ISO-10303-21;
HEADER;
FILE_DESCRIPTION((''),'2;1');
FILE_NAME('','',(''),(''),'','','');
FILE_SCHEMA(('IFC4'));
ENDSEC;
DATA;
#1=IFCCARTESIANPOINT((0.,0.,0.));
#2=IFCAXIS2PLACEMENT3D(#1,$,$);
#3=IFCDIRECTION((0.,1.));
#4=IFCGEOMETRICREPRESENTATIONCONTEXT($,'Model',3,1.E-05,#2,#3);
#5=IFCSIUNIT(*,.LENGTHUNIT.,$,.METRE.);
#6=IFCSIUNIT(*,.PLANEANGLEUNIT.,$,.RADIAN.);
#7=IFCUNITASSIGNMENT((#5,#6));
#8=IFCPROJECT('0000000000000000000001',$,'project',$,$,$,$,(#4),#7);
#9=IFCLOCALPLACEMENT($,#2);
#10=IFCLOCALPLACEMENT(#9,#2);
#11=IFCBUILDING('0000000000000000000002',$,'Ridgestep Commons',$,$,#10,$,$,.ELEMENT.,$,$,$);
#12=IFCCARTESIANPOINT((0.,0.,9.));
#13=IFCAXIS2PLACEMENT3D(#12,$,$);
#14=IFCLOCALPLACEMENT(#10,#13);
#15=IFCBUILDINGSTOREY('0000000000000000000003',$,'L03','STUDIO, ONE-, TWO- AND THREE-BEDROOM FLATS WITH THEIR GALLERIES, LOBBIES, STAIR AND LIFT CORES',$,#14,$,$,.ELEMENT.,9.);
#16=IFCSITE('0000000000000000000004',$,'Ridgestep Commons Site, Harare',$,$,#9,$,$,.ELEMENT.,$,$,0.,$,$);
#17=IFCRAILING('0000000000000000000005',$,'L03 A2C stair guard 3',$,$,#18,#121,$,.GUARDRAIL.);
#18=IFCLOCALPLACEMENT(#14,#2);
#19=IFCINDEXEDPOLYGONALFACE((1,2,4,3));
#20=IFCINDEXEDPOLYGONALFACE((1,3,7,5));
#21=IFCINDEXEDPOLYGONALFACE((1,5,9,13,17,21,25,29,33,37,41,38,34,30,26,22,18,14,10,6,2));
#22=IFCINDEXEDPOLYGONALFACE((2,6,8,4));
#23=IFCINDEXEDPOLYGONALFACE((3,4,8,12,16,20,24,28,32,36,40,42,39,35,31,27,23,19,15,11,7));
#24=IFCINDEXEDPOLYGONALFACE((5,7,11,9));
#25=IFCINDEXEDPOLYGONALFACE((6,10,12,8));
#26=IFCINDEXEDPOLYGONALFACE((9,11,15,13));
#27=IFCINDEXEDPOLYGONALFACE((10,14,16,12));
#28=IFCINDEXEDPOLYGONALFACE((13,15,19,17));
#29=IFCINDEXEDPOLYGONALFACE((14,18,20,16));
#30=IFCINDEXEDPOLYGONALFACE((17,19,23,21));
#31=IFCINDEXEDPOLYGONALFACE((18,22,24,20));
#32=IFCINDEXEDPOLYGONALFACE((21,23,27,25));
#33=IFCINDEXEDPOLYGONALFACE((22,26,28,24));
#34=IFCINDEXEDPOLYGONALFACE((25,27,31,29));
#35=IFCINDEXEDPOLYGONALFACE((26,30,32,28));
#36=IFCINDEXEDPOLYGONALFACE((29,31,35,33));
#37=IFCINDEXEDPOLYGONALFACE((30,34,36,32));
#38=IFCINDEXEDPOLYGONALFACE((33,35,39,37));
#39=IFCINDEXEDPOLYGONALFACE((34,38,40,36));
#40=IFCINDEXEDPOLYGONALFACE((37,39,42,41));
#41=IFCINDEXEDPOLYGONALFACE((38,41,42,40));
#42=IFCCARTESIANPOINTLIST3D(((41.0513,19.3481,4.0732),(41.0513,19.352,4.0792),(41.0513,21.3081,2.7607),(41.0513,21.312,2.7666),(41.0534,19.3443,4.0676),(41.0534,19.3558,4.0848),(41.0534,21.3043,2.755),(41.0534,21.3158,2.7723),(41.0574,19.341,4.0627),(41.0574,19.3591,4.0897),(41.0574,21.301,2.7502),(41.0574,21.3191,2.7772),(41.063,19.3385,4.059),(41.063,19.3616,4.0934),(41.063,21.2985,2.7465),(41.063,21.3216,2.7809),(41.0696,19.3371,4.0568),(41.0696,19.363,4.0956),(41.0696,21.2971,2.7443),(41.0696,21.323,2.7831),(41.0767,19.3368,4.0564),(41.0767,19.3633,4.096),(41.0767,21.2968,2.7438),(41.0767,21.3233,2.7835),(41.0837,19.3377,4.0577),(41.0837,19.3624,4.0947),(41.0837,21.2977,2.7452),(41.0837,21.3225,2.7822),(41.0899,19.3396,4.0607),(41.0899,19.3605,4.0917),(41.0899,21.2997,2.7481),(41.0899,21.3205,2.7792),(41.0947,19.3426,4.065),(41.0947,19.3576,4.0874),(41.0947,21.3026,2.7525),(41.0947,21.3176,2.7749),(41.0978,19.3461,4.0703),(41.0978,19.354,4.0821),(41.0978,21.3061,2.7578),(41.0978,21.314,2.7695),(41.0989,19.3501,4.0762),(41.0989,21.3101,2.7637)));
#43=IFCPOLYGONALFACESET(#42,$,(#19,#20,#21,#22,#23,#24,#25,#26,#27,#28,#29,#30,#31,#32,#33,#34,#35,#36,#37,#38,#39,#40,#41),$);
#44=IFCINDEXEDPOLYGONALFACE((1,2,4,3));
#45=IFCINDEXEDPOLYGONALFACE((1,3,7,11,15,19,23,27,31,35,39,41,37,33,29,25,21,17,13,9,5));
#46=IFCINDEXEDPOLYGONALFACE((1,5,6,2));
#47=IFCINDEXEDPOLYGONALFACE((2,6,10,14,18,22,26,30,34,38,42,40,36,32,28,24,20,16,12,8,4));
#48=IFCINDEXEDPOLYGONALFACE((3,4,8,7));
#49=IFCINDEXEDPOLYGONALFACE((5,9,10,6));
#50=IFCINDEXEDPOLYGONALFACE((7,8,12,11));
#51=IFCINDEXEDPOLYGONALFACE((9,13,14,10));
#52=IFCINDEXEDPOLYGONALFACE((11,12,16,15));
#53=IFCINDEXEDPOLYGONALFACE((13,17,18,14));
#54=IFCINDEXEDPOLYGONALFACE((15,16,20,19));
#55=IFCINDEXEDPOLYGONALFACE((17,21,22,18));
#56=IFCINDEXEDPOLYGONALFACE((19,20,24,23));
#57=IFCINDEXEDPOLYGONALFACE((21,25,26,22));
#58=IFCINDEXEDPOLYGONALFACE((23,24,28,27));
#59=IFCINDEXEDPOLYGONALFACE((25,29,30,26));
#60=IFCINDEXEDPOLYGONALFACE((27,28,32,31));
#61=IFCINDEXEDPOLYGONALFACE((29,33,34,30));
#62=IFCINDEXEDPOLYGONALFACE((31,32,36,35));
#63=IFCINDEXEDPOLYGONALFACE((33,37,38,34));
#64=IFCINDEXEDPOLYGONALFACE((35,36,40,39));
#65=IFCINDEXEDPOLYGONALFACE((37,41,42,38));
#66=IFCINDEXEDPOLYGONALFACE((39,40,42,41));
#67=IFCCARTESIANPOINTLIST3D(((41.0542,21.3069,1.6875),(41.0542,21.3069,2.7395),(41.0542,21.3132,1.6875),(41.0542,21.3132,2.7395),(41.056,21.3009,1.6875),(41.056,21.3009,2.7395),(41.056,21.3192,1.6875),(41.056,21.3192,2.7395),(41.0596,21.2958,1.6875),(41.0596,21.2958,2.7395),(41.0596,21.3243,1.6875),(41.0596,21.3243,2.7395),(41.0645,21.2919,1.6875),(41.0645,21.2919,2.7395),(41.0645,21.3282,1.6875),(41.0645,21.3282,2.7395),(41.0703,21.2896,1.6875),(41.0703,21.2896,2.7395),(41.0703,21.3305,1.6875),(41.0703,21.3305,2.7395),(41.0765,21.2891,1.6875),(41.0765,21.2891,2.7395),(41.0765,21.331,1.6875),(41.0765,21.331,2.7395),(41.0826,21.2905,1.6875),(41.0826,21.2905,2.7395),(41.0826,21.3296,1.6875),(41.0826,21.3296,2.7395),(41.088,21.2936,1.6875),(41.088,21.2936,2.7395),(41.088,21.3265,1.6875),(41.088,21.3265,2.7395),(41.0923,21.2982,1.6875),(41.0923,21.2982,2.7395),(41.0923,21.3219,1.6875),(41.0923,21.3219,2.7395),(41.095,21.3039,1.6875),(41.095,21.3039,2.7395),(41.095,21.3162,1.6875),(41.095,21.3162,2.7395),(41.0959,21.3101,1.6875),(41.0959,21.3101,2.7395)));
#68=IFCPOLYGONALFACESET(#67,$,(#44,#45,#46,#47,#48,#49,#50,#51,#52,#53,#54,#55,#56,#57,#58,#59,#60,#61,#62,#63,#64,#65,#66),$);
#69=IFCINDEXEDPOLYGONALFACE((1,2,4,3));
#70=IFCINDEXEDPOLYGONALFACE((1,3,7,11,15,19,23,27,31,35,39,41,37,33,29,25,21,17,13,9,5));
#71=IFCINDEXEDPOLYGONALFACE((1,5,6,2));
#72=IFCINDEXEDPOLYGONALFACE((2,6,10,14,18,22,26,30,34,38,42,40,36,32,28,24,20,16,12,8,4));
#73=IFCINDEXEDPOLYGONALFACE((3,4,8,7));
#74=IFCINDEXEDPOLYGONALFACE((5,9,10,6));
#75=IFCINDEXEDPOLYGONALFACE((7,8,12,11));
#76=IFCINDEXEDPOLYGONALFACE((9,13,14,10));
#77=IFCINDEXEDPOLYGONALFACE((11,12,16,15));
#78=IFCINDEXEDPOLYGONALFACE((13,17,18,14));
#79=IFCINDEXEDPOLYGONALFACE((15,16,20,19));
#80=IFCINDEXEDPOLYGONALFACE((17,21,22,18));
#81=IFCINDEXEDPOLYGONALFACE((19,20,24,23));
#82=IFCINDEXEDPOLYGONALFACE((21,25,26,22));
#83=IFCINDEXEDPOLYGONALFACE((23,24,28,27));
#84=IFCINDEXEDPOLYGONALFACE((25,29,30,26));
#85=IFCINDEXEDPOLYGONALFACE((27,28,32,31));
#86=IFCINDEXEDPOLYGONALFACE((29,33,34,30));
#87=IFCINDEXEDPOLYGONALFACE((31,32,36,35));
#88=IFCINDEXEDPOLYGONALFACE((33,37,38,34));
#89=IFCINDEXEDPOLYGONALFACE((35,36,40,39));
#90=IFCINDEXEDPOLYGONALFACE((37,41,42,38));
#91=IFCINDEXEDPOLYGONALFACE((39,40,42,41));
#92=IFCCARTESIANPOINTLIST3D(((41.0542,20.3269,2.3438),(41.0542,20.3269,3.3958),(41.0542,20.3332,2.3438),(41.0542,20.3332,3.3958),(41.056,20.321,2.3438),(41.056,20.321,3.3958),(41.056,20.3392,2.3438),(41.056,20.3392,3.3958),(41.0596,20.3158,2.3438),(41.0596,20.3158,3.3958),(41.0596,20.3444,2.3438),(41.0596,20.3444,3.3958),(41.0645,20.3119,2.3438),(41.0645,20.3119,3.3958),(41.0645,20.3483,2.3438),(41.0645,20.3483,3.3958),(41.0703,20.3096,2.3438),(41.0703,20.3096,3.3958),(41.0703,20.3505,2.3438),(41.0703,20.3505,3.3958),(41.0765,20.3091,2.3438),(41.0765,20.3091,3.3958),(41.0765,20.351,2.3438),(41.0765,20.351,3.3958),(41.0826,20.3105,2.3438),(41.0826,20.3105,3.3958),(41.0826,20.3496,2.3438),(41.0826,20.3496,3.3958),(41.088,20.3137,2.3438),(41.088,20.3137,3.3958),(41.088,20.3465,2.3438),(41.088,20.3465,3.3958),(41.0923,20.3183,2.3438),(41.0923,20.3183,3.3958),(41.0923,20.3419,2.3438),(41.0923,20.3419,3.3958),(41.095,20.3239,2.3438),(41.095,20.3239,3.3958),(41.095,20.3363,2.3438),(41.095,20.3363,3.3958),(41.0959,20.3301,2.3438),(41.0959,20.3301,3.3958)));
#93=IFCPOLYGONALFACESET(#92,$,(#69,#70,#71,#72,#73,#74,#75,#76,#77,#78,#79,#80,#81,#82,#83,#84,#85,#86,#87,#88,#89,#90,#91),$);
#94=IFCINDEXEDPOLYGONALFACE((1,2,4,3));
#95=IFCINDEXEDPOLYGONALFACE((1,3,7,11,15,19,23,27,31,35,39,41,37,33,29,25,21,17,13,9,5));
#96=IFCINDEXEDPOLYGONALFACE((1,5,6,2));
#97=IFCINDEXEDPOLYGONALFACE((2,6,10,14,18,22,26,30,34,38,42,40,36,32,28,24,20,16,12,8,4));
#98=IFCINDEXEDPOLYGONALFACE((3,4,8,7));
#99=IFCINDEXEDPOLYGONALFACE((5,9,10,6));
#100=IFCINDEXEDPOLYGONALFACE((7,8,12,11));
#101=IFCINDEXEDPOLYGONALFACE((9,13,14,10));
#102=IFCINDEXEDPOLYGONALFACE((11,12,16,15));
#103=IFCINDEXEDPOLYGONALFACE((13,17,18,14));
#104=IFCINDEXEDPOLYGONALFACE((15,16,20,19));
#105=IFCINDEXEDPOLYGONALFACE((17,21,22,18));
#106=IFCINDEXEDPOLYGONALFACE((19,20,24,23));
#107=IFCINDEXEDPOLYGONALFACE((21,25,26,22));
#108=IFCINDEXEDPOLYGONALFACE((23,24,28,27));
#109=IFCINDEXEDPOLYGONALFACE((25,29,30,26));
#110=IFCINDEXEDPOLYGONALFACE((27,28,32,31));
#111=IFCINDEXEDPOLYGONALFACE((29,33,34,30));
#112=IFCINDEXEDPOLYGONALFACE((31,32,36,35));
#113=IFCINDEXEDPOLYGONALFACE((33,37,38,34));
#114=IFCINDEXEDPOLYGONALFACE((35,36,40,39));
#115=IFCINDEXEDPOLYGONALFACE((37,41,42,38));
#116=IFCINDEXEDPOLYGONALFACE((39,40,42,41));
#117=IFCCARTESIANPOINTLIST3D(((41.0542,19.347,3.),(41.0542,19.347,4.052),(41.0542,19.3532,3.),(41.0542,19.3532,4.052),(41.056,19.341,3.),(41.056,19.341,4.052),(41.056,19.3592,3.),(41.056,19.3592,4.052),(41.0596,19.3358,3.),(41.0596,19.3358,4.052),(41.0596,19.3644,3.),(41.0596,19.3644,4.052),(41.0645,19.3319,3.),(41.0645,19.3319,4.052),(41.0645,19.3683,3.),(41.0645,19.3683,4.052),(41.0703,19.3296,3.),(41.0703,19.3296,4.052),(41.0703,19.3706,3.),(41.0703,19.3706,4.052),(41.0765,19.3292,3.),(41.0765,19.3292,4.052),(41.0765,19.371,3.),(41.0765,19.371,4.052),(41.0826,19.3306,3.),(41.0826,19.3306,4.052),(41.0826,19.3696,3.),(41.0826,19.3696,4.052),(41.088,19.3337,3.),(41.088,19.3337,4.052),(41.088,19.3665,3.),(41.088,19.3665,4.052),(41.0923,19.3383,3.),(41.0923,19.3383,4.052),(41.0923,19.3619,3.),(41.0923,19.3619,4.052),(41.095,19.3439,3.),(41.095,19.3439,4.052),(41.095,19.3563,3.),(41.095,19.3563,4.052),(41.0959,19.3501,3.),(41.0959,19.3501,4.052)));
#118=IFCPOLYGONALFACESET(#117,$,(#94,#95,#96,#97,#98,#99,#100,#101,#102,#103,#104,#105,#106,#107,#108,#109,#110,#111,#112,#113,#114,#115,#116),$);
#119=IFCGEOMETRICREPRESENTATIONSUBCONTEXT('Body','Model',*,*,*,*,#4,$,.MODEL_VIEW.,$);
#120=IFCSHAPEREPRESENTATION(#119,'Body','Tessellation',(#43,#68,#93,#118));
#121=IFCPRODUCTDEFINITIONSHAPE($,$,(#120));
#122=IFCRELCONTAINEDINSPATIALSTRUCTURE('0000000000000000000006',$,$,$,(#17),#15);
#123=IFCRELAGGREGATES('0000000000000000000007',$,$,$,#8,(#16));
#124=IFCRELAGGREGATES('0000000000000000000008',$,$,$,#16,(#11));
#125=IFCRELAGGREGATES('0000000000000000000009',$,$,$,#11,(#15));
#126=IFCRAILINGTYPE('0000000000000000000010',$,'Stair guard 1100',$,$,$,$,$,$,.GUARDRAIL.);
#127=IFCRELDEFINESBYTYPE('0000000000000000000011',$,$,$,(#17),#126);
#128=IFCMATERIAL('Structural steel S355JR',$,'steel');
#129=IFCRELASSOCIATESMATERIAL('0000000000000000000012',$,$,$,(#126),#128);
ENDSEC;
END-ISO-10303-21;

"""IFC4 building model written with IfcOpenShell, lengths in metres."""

from ifc_helpers import new_model, si_unit, direction, frame, origin, origin_2d, place, context, subcontext, project, spatial, circle, extrude, material, type_object, element, save


model = new_model("IFC4")

# Units and contexts
model_context = context("Model", 3, precision=1e-05, world=origin(), true_north=direction((0.0, 1.0)))
body_context = subcontext(model_context, "Body", "Model", "MODEL_VIEW")
ifc_project = project(units=[si_unit("LENGTHUNIT", "METRE"), si_unit("PLANEANGLEUNIT", "RADIAN")], contexts=[model_context])

# Site, building, storey
site_placement = place(None, origin())
site = spatial("IfcSite", under=ifc_project, at=site_placement, Name="Ridgestep Commons Site, Harare", CompositionType="ELEMENT", RefElevation=0.0)
building_placement = place(site_placement, origin())
building = spatial("IfcBuilding", under=site, at=building_placement, Name="Ridgestep Commons", CompositionType="ELEMENT")
storey_placement = place(building_placement, frame((0.0, 0.0, 9.0)))
storey = spatial("IfcBuildingStorey", under=building, at=storey_placement, Name="L03", Description="STUDIO, ONE-, TWO- AND THREE-BEDROOM FLATS WITH THEIR GALLERIES, LOBBIES, STAIR AND LIFT CORES", CompositionType="ELEMENT", Elevation=9.0)

# Railing
ifc_material_1 = material(Name="Structural steel S355JR", Category="steel")
railing_type_1 = type_object("IfcRailingType", Name="Stair guard 1100", PredefinedType="GUARDRAIL", material=ifc_material_1)
railing_1_placement = place(storey_placement, frame((41.075, 21.3101, 1.6875)))
element("IfcRailing", 1, at=railing_1_placement, inside=storey, type_object=railing_type_1, Name="L03 A2C stair guard 3", PredefinedType="GUARDRAIL", context=body_context, shape_type="SweptSolid", body=[
    extrude(circle(Radius=0.0239, at=origin_2d()), frame((0.0, 0.0, 1.0762), z_axis=(0.0, -0.830902, 0.556419), x_axis=(1.0, 0.0, 0.0)), (0.0, 0.0, 1.0), 2.3589),
    extrude(circle(Radius=0.021, at=origin_2d()), origin(), (0.0, 0.0, 1.0), 1.052),
    extrude(circle(Radius=0.021, at=origin_2d()), frame((0.0, -0.98, 0.6562)), (0.0, 0.0, 1.0), 1.052),
    extrude(circle(Radius=0.021, at=origin_2d()), frame((0.0, -1.96, 1.3125)), (0.0, 0.0, 1.0), 1.052),
])

save(model, "model.ifc")
